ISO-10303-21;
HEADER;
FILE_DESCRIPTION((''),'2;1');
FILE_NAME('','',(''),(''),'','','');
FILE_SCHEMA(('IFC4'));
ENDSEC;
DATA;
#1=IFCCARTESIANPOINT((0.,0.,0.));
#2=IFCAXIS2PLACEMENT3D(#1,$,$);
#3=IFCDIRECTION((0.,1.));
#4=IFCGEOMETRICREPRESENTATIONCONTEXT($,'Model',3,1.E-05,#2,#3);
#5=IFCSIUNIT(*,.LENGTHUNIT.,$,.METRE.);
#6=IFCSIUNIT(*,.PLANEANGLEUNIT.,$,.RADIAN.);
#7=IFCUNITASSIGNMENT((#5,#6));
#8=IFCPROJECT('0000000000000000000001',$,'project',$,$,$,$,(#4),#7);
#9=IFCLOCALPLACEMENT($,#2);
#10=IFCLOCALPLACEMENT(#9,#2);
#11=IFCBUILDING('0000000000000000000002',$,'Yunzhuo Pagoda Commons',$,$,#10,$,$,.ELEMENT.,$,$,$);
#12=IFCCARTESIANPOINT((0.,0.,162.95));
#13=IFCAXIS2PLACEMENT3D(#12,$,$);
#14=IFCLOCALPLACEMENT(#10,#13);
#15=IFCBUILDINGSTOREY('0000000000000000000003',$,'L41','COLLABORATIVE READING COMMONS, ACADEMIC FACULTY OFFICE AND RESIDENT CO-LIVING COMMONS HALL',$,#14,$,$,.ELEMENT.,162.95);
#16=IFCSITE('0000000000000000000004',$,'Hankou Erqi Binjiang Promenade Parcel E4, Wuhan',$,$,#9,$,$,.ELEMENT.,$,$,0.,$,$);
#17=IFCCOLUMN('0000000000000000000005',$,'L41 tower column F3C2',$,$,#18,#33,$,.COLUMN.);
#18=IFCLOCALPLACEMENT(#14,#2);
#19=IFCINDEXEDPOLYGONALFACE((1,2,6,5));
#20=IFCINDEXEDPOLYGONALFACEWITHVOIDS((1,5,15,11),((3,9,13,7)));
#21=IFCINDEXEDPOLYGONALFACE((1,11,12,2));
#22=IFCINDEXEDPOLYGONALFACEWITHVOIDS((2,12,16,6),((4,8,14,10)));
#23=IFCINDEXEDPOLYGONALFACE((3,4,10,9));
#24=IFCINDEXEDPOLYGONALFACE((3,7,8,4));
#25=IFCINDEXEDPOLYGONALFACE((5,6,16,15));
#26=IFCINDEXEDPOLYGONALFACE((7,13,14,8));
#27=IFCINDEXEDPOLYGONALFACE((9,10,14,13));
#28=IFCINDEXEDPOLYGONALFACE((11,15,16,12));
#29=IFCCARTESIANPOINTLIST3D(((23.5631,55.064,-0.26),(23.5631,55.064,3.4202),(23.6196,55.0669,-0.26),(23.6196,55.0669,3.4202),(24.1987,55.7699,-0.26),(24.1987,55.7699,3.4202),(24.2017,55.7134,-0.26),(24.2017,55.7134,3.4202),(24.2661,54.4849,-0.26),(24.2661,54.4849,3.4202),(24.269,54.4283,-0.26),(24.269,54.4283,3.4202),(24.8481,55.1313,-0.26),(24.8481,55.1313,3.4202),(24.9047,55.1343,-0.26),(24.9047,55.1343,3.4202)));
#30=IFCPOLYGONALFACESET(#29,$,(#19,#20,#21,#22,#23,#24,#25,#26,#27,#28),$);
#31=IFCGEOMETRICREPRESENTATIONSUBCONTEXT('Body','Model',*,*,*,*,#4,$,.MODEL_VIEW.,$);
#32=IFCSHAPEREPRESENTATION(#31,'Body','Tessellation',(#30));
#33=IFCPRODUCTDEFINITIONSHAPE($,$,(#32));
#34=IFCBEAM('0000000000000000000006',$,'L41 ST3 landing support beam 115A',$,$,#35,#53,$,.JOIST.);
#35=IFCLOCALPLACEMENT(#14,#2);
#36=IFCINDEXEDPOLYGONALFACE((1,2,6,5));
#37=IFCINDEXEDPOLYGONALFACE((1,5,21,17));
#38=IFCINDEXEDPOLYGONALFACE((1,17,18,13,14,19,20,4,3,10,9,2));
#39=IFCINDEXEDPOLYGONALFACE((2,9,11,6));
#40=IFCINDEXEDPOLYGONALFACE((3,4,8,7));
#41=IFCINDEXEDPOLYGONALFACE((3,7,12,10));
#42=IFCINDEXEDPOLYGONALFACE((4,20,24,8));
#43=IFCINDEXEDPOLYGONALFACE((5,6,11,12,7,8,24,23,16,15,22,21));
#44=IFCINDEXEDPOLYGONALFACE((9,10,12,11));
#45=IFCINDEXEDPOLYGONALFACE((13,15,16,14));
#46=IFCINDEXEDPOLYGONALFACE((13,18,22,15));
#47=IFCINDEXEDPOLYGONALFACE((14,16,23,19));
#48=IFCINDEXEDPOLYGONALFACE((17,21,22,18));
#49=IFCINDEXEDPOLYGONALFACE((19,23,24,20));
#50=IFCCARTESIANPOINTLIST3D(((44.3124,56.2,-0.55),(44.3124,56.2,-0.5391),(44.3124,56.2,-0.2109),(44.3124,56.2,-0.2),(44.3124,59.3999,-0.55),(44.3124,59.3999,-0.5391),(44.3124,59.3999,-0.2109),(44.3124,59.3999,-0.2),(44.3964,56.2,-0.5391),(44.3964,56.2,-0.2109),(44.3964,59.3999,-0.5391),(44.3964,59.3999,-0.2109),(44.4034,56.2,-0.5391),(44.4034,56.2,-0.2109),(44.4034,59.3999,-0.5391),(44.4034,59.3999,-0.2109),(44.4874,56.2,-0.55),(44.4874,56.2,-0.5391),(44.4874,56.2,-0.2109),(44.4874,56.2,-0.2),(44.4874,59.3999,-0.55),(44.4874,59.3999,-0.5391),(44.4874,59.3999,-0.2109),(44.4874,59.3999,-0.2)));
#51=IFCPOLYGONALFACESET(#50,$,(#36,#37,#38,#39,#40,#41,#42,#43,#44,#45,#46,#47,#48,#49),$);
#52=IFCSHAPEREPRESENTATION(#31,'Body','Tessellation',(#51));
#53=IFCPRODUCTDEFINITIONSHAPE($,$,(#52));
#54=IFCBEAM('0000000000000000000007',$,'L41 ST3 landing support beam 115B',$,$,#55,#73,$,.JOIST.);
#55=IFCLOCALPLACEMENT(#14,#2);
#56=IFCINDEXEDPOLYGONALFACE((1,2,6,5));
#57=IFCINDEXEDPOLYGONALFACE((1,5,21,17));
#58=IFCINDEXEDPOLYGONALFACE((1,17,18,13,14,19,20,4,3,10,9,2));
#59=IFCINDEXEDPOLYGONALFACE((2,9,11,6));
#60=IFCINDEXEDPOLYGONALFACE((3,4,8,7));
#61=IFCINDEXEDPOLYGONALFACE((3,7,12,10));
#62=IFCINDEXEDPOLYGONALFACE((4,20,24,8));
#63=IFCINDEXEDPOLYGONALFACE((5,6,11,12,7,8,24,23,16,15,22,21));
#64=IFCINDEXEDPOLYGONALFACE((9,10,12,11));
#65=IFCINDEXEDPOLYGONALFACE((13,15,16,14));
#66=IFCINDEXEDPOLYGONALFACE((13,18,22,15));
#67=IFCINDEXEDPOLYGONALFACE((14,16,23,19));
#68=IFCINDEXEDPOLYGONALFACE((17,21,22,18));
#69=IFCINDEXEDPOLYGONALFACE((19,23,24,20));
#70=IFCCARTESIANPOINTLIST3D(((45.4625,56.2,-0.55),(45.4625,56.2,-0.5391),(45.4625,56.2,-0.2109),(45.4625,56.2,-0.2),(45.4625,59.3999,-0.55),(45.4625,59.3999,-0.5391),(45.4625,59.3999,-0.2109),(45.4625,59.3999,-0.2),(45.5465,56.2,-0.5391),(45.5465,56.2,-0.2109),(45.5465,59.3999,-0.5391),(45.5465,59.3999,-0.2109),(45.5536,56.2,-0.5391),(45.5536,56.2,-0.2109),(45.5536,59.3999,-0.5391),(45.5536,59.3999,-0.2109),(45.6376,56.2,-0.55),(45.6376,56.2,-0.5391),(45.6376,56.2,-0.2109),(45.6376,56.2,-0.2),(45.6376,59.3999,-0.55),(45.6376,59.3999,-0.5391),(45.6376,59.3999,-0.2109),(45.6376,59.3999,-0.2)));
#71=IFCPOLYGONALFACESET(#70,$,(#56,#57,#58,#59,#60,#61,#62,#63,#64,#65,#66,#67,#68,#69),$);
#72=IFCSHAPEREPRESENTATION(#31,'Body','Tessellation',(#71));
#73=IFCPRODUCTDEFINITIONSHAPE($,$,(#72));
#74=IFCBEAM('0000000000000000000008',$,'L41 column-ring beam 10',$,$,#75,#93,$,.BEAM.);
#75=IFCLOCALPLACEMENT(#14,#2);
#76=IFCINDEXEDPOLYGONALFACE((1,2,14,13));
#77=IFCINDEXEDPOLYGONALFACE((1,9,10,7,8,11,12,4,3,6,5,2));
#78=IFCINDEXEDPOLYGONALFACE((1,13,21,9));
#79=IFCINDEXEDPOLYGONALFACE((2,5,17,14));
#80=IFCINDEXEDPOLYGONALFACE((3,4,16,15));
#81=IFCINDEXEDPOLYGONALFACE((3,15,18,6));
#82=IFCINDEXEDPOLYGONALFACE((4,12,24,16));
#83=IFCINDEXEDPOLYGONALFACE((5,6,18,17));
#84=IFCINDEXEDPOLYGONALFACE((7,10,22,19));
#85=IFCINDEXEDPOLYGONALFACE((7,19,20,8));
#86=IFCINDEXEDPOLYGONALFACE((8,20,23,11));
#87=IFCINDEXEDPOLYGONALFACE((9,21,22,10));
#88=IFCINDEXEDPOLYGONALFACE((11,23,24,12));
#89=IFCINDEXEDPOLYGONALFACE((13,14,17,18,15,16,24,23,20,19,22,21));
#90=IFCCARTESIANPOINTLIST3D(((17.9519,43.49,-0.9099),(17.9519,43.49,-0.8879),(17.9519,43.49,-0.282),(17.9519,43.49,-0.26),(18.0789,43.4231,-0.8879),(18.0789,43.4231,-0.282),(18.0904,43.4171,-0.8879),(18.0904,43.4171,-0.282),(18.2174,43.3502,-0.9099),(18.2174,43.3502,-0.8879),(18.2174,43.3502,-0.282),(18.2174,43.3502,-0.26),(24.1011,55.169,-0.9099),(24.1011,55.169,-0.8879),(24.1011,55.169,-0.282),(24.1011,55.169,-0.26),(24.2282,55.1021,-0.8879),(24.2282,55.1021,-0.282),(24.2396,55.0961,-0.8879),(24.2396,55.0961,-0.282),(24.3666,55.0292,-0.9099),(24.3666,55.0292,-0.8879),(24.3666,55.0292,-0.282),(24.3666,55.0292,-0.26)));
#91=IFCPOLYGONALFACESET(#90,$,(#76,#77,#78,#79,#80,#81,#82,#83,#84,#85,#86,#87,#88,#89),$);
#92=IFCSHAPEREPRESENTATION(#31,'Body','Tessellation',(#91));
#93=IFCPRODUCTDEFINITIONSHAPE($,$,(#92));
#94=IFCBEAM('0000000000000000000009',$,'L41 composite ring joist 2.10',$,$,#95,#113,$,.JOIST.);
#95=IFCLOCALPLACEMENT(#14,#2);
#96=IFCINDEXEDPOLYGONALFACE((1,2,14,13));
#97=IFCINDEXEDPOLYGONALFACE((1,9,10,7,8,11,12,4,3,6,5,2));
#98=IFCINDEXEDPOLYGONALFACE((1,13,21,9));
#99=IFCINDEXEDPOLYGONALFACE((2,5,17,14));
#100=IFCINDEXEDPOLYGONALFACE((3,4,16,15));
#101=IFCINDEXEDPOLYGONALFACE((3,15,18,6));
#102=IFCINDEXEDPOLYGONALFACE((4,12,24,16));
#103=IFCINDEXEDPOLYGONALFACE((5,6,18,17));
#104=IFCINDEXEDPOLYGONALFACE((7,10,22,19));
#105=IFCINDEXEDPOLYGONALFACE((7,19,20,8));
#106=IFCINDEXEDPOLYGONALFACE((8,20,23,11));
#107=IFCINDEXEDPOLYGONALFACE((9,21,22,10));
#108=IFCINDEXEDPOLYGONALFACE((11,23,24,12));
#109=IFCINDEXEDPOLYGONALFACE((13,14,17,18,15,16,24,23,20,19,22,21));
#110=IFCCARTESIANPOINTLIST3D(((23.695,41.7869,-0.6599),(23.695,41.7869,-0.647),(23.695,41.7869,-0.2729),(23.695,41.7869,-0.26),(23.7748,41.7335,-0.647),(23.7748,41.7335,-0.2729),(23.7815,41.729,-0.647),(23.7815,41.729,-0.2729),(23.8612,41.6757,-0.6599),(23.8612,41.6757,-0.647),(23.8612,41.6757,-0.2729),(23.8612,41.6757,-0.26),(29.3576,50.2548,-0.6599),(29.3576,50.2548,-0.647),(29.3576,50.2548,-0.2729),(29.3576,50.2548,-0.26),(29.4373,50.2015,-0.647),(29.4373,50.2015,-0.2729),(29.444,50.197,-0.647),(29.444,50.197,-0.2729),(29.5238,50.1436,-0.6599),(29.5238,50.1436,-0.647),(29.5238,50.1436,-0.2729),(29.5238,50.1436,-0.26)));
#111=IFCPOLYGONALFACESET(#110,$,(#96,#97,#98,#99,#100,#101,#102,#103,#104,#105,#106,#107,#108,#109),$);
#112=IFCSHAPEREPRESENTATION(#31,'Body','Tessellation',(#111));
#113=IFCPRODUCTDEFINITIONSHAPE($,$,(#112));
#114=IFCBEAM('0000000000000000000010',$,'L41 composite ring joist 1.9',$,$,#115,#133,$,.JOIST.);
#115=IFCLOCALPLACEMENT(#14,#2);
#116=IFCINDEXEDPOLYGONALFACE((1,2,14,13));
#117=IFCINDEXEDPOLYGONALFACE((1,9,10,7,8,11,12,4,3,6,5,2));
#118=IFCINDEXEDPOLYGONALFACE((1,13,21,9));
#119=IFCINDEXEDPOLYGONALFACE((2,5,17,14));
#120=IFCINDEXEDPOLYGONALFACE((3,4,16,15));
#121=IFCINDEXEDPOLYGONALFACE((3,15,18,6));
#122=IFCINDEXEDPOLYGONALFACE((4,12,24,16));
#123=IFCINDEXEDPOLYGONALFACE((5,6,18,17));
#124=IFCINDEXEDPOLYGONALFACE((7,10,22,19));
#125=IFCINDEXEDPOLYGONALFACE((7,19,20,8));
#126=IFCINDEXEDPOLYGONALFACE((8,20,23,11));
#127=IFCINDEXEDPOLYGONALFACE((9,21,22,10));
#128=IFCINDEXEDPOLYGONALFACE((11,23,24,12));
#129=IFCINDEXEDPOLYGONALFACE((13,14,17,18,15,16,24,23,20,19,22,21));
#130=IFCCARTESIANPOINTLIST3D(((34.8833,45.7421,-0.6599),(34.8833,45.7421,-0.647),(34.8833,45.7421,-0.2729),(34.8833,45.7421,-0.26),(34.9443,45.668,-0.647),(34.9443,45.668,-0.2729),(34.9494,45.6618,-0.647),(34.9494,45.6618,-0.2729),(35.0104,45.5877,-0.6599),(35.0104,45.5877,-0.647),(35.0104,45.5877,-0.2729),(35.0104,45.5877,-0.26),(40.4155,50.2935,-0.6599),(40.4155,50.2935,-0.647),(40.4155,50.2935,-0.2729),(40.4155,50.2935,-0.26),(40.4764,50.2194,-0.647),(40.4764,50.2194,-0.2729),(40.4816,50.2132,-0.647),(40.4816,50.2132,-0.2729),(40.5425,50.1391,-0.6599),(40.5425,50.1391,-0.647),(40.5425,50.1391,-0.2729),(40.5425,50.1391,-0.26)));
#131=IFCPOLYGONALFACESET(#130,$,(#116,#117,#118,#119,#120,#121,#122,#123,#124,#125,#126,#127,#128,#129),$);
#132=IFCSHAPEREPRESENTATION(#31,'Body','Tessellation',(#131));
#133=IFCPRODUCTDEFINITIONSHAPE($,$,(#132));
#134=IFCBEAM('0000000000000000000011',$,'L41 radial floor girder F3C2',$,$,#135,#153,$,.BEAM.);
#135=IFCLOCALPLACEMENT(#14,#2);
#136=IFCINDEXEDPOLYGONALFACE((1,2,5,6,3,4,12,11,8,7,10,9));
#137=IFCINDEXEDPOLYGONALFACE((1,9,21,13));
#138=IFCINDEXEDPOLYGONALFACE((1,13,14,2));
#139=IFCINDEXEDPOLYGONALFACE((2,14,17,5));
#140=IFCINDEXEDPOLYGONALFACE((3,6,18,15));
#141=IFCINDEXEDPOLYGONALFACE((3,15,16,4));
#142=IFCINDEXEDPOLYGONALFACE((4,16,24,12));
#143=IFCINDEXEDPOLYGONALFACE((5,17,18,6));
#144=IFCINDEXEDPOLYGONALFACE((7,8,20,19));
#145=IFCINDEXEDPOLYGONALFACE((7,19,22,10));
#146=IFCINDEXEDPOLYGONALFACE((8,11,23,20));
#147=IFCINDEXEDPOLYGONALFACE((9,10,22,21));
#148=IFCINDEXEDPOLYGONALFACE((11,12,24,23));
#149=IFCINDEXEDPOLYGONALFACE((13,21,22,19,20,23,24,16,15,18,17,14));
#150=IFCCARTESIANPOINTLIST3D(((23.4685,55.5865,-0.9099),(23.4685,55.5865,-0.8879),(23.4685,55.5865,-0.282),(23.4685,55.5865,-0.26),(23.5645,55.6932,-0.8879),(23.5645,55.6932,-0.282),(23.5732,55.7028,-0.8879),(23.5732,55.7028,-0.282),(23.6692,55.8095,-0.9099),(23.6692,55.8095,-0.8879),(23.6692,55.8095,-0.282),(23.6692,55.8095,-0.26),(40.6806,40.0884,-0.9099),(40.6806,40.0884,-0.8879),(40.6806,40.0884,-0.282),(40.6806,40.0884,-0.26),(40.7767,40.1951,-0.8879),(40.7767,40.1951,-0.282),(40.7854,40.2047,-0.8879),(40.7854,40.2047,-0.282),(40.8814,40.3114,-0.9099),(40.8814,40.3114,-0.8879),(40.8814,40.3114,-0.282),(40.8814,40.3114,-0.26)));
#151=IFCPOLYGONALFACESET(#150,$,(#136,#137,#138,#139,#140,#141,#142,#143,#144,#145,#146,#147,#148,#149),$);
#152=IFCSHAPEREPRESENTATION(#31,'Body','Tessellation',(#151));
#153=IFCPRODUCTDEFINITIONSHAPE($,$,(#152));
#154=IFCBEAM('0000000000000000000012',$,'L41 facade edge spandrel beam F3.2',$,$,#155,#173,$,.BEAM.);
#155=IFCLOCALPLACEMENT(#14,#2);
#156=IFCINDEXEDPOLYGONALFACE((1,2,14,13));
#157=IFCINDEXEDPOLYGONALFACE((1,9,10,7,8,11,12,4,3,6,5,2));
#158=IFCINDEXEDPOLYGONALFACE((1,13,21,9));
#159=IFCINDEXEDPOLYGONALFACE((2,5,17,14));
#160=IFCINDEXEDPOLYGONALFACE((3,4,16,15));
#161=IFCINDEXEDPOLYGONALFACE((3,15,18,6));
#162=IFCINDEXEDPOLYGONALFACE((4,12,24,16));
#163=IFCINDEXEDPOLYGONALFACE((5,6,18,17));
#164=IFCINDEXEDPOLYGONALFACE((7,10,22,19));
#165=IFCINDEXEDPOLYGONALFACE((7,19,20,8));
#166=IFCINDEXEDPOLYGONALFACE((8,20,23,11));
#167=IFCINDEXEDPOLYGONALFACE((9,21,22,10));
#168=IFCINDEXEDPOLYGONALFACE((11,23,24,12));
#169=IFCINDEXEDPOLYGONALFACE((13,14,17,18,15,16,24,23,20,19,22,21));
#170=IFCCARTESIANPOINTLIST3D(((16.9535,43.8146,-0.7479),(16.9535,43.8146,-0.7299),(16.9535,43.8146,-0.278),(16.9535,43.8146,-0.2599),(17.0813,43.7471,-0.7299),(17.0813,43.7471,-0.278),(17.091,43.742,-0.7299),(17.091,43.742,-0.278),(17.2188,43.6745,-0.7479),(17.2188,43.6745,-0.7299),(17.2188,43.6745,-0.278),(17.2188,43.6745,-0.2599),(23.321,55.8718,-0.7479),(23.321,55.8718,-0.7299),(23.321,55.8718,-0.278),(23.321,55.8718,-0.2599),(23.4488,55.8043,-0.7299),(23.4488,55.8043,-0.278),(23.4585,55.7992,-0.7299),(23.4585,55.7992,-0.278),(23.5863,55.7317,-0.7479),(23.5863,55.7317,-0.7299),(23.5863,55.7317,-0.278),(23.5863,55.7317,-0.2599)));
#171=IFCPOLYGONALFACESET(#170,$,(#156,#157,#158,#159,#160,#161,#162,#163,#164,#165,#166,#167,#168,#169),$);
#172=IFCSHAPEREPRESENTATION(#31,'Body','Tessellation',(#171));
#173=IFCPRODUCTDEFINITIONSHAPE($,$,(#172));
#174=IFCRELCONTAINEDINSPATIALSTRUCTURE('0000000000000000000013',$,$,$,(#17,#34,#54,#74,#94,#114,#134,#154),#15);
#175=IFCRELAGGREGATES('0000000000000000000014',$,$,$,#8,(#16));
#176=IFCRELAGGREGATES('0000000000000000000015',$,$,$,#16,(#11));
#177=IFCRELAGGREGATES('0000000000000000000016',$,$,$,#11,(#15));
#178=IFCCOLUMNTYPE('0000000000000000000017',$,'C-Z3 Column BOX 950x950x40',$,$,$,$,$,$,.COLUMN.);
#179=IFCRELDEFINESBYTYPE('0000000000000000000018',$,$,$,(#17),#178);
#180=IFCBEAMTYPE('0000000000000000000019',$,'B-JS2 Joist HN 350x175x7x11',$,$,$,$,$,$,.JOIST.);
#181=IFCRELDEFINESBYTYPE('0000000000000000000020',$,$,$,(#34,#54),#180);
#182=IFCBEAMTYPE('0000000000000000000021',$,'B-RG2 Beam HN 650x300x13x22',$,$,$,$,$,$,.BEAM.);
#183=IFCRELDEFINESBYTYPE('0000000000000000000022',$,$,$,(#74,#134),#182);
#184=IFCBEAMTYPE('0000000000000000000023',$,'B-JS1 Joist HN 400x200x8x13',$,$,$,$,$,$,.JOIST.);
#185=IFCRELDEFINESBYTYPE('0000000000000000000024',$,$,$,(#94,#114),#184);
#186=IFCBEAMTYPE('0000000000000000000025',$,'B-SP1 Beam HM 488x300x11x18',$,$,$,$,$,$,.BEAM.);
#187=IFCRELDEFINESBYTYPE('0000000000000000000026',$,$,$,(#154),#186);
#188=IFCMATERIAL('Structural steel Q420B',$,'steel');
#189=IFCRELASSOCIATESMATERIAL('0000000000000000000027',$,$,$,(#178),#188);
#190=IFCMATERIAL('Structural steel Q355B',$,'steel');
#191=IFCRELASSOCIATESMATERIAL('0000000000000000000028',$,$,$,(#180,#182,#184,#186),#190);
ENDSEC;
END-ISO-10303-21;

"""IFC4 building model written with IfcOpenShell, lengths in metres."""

from ifc_helpers import new_model, si_unit, direction, frame, origin, origin_2d, place, context, subcontext, project, spatial, hollow_rectangle, i_section, extrude, source, transform, mapped, material, material_profile, profile_set, type_object, element, save


model = new_model("IFC4")

# Units and contexts
model_context = context("Model", 3, precision=1e-05, world=origin(), true_north=direction((0.0, 1.0)))
body_context = subcontext(model_context, "Body", "Model", "MODEL_VIEW")
ifc_project = project(units=[si_unit("LENGTHUNIT", "METRE"), si_unit("PLANEANGLEUNIT", "RADIAN")], contexts=[model_context])

# Site, building, storey
site_placement = place(None, origin())
site = spatial("IfcSite", under=ifc_project, at=site_placement, Name="Hankou Erqi Binjiang Promenade Parcel E4, Wuhan", CompositionType="ELEMENT", RefElevation=0.0)
building_placement = place(site_placement, origin())
building = spatial("IfcBuilding", under=site, at=building_placement, Name="Yunzhuo Pagoda Commons", CompositionType="ELEMENT")
storey_placement = place(building_placement, frame((0.0, 0.0, 162.95)))
storey = spatial("IfcBuildingStorey", under=building, at=storey_placement, Name="L41", Description="COLLABORATIVE READING COMMONS, ACADEMIC FACULTY OFFICE AND RESIDENT CO-LIVING COMMONS HALL", CompositionType="ELEMENT", Elevation=162.95)

# Column
ifc_material_1 = material(Name="Structural steel Q420B", Category="steel")
ifc_material_profile_1 = material_profile(ifc_material_1, hollow_rectangle(XDim=0.95, YDim=0.95, WallThickness=0.04, at=origin_2d()), Name="Structural steel Q420B")
ifc_profile_set_1 = profile_set([ifc_material_profile_1], Name="Structural steel Q420B")
column_type = type_object("IfcColumnType", Name="C-Z3 Column BOX 950x950x40", PredefinedType="COLUMN", material=ifc_profile_set_1)
shared_shape_1 = source(origin(), body_context, "Body", "SweptSolid", [
    extrude(hollow_rectangle(XDim=0.95, YDim=0.95, WallThickness=0.04, at=origin_2d()), origin(), (0.0, 0.0, 1.0), 3.6802),
])
column_placement = place(storey_placement, frame((24.2339, 55.0991, -0.26), z_axis=(0.0, 0.0, 1.0), x_axis=(-0.669131, -0.743145, 0.0)))
element("IfcColumn", 1, at=column_placement, inside=storey, type_object=column_type, Name="L41 tower column F3C2", PredefinedType="COLUMN", context=body_context, shape_type="MappedRepresentation", body=[
    mapped(shared_shape_1, transform((0.0, 0.0, 0.0), scale=1.0)),
])

# Beams
ifc_material_2 = material(Name="Structural steel Q355B", Category="steel")
ifc_material_profile_2 = material_profile(ifc_material_2, i_section(OverallWidth=0.175, OverallDepth=0.3501, WebThickness=0.0071, FlangeThickness=0.011, at=origin_2d()), Name="Structural steel Q355B")
ifc_profile_set_2 = profile_set([ifc_material_profile_2], Name="Structural steel Q355B")
beam_type_1 = type_object("IfcBeamType", Name="B-JS2 Joist HN 350x175x7x11", PredefinedType="JOIST", material=ifc_profile_set_2)
shared_shape_2 = source(origin(), body_context, "Body", "SweptSolid", [
    extrude(i_section(OverallWidth=0.175, OverallDepth=0.3501, WebThickness=0.0071, FlangeThickness=0.011, at=origin_2d()), origin(), (0.0, 0.0, 1.0), 3.2),
])
for number, where, z_axis, x_axis, name in (
    (2, (44.3999, 56.2, -0.375), (0.0, 1.0, 0.0), (-1.0, 0.0, 0.0), "L41 ST3 landing support beam 115A"),
    (3, (45.55, 56.2, -0.375), (0.0, 1.0, 0.0), (-1.0, 0.0, 0.0), "L41 ST3 landing support beam 115B"),
):
    element("IfcBeam", number, at=place(storey_placement, frame(where, z_axis=z_axis, x_axis=x_axis)), inside=storey, type_object=beam_type_1, Name=name, PredefinedType="JOIST", context=body_context, shape_type="MappedRepresentation", body=[
        mapped(shared_shape_2, transform((0.0, 0.0, 0.0), scale=1.0)),
    ])
ifc_material_profile_3 = material_profile(ifc_material_2, i_section(OverallWidth=0.3, OverallDepth=0.6499, WebThickness=0.0129, FlangeThickness=0.022, at=origin_2d()), Name="Structural steel Q355B")
ifc_profile_set_3 = profile_set([ifc_material_profile_3], Name="Structural steel Q355B")
beam_type_2 = type_object("IfcBeamType", Name="B-RG2 Beam HN 650x300x13x22", PredefinedType="BEAM", material=ifc_profile_set_3)
shared_shape_3 = source(origin(), body_context, "Body", "SweptSolid", [
    extrude(i_section(OverallWidth=0.3, OverallDepth=0.6499, WebThickness=0.0129, FlangeThickness=0.022, at=origin_2d()), origin(), (0.0, 0.0, 1.0), 13.199),
])
beam_1_placement = place(storey_placement, frame((24.2339, 55.0991, -0.585), z_axis=(-0.465886, -0.884845, 0.0), x_axis=(0.884845, -0.465886, 0.0)))
element("IfcBeam", 4, at=beam_1_placement, inside=storey, type_object=beam_type_2, Name="L41 column-ring beam 10", PredefinedType="BEAM", context=body_context, shape_type="MappedRepresentation", body=[
    mapped(shared_shape_3, transform((0.0, 0.0, 0.0), scale=1.0)),
])
ifc_material_profile_4 = material_profile(ifc_material_2, i_section(OverallWidth=0.2, OverallDepth=0.3999, WebThickness=0.0081, FlangeThickness=0.0129, at=origin_2d()), Name="Structural steel Q355B")
ifc_profile_set_4 = profile_set([ifc_material_profile_4], Name="Structural steel Q355B")
beam_type_3 = type_object("IfcBeamType", Name="B-JS1 Joist HN 400x200x8x13", PredefinedType="JOIST", material=ifc_profile_set_4)
shared_shape_4 = source(origin(), body_context, "Body", "SweptSolid", [
    extrude(i_section(OverallWidth=0.2, OverallDepth=0.3999, WebThickness=0.0081, FlangeThickness=0.0129, at=origin_2d()), origin(), (0.0, 0.0, 1.0), 10.1868),
])
beam_2_placement = place(storey_placement, frame((29.4407, 50.1992, -0.46), z_axis=(-0.555872, -0.831268, 0.0), x_axis=(0.831268, -0.555872, 0.0)))
element("IfcBeam", 5, at=beam_2_placement, inside=storey, type_object=beam_type_3, Name="L41 composite ring joist 2.10", PredefinedType="JOIST", context=body_context, shape_type="MappedRepresentation", body=[
    mapped(shared_shape_4, transform((0.0, 0.0, 0.0), scale=1.0)),
])
shared_shape_5 = source(origin(), body_context, "Body", "SweptSolid", [
    extrude(i_section(OverallWidth=0.2, OverallDepth=0.3999, WebThickness=0.0081, FlangeThickness=0.0129, at=origin_2d()), origin(), (0.0, 0.0, 1.0), 7.1638),
])
beam_3_placement = place(storey_placement, frame((40.479, 50.2163, -0.46), z_axis=(-0.772234, -0.635338, 0.0), x_axis=(0.635338, -0.772234, 0.0)))
element("IfcBeam", 6, at=beam_3_placement, inside=storey, type_object=beam_type_3, Name="L41 composite ring joist 1.9", PredefinedType="JOIST", context=body_context, shape_type="MappedRepresentation", body=[
    mapped(shared_shape_5, transform((0.0, 0.0, 0.0), scale=1.0)),
])
shared_shape_6 = source(origin(), body_context, "Body", "SweptSolid", [
    extrude(i_section(OverallWidth=0.3, OverallDepth=0.6499, WebThickness=0.0129, FlangeThickness=0.022, at=origin_2d()), origin(), (0.0, 0.0, 1.0), 23.1614),
])
beam_4_placement = place(storey_placement, frame((23.5688, 55.698, -0.585), z_axis=(0.743142, -0.669134, 0.0), x_axis=(0.669134, 0.743142, 0.0)))
element("IfcBeam", 7, at=beam_4_placement, inside=storey, type_object=beam_type_2, Name="L41 radial floor girder F3C2", PredefinedType="BEAM", context=body_context, shape_type="MappedRepresentation", body=[
    mapped(shared_shape_6, transform((0.0, 0.0, 0.0), scale=1.0)),
])
ifc_material_profile_5 = material_profile(ifc_material_2, i_section(OverallWidth=0.3, OverallDepth=0.488, WebThickness=0.011, FlangeThickness=0.0181, at=origin_2d()), Name="Structural steel Q355B")
ifc_profile_set_5 = profile_set([ifc_material_profile_5], Name="Structural steel Q355B")
beam_type_4 = type_object("IfcBeamType", Name="B-SP1 Beam HM 488x300x11x18", PredefinedType="BEAM", material=ifc_profile_set_5)
shared_shape_7 = source(origin(), body_context, "Body", "SweptSolid", [
    extrude(i_section(OverallWidth=0.3, OverallDepth=0.488, WebThickness=0.011, FlangeThickness=0.0181, at=origin_2d()), origin(), (0.0, 0.0, 1.0), 13.6353),
])
beam_5_placement = place(storey_placement, frame((23.4536, 55.8018, -0.5039), z_axis=(-0.466985, -0.884265, 0.0), x_axis=(0.884265, -0.466985, 0.0)))
element("IfcBeam", 8, at=beam_5_placement, inside=storey, type_object=beam_type_4, Name="L41 facade edge spandrel beam F3.2", PredefinedType="BEAM", context=body_context, shape_type="MappedRepresentation", body=[
    mapped(shared_shape_7, transform((0.0, 0.0, 0.0), scale=1.0)),
])

save(model, "model.ifc")
